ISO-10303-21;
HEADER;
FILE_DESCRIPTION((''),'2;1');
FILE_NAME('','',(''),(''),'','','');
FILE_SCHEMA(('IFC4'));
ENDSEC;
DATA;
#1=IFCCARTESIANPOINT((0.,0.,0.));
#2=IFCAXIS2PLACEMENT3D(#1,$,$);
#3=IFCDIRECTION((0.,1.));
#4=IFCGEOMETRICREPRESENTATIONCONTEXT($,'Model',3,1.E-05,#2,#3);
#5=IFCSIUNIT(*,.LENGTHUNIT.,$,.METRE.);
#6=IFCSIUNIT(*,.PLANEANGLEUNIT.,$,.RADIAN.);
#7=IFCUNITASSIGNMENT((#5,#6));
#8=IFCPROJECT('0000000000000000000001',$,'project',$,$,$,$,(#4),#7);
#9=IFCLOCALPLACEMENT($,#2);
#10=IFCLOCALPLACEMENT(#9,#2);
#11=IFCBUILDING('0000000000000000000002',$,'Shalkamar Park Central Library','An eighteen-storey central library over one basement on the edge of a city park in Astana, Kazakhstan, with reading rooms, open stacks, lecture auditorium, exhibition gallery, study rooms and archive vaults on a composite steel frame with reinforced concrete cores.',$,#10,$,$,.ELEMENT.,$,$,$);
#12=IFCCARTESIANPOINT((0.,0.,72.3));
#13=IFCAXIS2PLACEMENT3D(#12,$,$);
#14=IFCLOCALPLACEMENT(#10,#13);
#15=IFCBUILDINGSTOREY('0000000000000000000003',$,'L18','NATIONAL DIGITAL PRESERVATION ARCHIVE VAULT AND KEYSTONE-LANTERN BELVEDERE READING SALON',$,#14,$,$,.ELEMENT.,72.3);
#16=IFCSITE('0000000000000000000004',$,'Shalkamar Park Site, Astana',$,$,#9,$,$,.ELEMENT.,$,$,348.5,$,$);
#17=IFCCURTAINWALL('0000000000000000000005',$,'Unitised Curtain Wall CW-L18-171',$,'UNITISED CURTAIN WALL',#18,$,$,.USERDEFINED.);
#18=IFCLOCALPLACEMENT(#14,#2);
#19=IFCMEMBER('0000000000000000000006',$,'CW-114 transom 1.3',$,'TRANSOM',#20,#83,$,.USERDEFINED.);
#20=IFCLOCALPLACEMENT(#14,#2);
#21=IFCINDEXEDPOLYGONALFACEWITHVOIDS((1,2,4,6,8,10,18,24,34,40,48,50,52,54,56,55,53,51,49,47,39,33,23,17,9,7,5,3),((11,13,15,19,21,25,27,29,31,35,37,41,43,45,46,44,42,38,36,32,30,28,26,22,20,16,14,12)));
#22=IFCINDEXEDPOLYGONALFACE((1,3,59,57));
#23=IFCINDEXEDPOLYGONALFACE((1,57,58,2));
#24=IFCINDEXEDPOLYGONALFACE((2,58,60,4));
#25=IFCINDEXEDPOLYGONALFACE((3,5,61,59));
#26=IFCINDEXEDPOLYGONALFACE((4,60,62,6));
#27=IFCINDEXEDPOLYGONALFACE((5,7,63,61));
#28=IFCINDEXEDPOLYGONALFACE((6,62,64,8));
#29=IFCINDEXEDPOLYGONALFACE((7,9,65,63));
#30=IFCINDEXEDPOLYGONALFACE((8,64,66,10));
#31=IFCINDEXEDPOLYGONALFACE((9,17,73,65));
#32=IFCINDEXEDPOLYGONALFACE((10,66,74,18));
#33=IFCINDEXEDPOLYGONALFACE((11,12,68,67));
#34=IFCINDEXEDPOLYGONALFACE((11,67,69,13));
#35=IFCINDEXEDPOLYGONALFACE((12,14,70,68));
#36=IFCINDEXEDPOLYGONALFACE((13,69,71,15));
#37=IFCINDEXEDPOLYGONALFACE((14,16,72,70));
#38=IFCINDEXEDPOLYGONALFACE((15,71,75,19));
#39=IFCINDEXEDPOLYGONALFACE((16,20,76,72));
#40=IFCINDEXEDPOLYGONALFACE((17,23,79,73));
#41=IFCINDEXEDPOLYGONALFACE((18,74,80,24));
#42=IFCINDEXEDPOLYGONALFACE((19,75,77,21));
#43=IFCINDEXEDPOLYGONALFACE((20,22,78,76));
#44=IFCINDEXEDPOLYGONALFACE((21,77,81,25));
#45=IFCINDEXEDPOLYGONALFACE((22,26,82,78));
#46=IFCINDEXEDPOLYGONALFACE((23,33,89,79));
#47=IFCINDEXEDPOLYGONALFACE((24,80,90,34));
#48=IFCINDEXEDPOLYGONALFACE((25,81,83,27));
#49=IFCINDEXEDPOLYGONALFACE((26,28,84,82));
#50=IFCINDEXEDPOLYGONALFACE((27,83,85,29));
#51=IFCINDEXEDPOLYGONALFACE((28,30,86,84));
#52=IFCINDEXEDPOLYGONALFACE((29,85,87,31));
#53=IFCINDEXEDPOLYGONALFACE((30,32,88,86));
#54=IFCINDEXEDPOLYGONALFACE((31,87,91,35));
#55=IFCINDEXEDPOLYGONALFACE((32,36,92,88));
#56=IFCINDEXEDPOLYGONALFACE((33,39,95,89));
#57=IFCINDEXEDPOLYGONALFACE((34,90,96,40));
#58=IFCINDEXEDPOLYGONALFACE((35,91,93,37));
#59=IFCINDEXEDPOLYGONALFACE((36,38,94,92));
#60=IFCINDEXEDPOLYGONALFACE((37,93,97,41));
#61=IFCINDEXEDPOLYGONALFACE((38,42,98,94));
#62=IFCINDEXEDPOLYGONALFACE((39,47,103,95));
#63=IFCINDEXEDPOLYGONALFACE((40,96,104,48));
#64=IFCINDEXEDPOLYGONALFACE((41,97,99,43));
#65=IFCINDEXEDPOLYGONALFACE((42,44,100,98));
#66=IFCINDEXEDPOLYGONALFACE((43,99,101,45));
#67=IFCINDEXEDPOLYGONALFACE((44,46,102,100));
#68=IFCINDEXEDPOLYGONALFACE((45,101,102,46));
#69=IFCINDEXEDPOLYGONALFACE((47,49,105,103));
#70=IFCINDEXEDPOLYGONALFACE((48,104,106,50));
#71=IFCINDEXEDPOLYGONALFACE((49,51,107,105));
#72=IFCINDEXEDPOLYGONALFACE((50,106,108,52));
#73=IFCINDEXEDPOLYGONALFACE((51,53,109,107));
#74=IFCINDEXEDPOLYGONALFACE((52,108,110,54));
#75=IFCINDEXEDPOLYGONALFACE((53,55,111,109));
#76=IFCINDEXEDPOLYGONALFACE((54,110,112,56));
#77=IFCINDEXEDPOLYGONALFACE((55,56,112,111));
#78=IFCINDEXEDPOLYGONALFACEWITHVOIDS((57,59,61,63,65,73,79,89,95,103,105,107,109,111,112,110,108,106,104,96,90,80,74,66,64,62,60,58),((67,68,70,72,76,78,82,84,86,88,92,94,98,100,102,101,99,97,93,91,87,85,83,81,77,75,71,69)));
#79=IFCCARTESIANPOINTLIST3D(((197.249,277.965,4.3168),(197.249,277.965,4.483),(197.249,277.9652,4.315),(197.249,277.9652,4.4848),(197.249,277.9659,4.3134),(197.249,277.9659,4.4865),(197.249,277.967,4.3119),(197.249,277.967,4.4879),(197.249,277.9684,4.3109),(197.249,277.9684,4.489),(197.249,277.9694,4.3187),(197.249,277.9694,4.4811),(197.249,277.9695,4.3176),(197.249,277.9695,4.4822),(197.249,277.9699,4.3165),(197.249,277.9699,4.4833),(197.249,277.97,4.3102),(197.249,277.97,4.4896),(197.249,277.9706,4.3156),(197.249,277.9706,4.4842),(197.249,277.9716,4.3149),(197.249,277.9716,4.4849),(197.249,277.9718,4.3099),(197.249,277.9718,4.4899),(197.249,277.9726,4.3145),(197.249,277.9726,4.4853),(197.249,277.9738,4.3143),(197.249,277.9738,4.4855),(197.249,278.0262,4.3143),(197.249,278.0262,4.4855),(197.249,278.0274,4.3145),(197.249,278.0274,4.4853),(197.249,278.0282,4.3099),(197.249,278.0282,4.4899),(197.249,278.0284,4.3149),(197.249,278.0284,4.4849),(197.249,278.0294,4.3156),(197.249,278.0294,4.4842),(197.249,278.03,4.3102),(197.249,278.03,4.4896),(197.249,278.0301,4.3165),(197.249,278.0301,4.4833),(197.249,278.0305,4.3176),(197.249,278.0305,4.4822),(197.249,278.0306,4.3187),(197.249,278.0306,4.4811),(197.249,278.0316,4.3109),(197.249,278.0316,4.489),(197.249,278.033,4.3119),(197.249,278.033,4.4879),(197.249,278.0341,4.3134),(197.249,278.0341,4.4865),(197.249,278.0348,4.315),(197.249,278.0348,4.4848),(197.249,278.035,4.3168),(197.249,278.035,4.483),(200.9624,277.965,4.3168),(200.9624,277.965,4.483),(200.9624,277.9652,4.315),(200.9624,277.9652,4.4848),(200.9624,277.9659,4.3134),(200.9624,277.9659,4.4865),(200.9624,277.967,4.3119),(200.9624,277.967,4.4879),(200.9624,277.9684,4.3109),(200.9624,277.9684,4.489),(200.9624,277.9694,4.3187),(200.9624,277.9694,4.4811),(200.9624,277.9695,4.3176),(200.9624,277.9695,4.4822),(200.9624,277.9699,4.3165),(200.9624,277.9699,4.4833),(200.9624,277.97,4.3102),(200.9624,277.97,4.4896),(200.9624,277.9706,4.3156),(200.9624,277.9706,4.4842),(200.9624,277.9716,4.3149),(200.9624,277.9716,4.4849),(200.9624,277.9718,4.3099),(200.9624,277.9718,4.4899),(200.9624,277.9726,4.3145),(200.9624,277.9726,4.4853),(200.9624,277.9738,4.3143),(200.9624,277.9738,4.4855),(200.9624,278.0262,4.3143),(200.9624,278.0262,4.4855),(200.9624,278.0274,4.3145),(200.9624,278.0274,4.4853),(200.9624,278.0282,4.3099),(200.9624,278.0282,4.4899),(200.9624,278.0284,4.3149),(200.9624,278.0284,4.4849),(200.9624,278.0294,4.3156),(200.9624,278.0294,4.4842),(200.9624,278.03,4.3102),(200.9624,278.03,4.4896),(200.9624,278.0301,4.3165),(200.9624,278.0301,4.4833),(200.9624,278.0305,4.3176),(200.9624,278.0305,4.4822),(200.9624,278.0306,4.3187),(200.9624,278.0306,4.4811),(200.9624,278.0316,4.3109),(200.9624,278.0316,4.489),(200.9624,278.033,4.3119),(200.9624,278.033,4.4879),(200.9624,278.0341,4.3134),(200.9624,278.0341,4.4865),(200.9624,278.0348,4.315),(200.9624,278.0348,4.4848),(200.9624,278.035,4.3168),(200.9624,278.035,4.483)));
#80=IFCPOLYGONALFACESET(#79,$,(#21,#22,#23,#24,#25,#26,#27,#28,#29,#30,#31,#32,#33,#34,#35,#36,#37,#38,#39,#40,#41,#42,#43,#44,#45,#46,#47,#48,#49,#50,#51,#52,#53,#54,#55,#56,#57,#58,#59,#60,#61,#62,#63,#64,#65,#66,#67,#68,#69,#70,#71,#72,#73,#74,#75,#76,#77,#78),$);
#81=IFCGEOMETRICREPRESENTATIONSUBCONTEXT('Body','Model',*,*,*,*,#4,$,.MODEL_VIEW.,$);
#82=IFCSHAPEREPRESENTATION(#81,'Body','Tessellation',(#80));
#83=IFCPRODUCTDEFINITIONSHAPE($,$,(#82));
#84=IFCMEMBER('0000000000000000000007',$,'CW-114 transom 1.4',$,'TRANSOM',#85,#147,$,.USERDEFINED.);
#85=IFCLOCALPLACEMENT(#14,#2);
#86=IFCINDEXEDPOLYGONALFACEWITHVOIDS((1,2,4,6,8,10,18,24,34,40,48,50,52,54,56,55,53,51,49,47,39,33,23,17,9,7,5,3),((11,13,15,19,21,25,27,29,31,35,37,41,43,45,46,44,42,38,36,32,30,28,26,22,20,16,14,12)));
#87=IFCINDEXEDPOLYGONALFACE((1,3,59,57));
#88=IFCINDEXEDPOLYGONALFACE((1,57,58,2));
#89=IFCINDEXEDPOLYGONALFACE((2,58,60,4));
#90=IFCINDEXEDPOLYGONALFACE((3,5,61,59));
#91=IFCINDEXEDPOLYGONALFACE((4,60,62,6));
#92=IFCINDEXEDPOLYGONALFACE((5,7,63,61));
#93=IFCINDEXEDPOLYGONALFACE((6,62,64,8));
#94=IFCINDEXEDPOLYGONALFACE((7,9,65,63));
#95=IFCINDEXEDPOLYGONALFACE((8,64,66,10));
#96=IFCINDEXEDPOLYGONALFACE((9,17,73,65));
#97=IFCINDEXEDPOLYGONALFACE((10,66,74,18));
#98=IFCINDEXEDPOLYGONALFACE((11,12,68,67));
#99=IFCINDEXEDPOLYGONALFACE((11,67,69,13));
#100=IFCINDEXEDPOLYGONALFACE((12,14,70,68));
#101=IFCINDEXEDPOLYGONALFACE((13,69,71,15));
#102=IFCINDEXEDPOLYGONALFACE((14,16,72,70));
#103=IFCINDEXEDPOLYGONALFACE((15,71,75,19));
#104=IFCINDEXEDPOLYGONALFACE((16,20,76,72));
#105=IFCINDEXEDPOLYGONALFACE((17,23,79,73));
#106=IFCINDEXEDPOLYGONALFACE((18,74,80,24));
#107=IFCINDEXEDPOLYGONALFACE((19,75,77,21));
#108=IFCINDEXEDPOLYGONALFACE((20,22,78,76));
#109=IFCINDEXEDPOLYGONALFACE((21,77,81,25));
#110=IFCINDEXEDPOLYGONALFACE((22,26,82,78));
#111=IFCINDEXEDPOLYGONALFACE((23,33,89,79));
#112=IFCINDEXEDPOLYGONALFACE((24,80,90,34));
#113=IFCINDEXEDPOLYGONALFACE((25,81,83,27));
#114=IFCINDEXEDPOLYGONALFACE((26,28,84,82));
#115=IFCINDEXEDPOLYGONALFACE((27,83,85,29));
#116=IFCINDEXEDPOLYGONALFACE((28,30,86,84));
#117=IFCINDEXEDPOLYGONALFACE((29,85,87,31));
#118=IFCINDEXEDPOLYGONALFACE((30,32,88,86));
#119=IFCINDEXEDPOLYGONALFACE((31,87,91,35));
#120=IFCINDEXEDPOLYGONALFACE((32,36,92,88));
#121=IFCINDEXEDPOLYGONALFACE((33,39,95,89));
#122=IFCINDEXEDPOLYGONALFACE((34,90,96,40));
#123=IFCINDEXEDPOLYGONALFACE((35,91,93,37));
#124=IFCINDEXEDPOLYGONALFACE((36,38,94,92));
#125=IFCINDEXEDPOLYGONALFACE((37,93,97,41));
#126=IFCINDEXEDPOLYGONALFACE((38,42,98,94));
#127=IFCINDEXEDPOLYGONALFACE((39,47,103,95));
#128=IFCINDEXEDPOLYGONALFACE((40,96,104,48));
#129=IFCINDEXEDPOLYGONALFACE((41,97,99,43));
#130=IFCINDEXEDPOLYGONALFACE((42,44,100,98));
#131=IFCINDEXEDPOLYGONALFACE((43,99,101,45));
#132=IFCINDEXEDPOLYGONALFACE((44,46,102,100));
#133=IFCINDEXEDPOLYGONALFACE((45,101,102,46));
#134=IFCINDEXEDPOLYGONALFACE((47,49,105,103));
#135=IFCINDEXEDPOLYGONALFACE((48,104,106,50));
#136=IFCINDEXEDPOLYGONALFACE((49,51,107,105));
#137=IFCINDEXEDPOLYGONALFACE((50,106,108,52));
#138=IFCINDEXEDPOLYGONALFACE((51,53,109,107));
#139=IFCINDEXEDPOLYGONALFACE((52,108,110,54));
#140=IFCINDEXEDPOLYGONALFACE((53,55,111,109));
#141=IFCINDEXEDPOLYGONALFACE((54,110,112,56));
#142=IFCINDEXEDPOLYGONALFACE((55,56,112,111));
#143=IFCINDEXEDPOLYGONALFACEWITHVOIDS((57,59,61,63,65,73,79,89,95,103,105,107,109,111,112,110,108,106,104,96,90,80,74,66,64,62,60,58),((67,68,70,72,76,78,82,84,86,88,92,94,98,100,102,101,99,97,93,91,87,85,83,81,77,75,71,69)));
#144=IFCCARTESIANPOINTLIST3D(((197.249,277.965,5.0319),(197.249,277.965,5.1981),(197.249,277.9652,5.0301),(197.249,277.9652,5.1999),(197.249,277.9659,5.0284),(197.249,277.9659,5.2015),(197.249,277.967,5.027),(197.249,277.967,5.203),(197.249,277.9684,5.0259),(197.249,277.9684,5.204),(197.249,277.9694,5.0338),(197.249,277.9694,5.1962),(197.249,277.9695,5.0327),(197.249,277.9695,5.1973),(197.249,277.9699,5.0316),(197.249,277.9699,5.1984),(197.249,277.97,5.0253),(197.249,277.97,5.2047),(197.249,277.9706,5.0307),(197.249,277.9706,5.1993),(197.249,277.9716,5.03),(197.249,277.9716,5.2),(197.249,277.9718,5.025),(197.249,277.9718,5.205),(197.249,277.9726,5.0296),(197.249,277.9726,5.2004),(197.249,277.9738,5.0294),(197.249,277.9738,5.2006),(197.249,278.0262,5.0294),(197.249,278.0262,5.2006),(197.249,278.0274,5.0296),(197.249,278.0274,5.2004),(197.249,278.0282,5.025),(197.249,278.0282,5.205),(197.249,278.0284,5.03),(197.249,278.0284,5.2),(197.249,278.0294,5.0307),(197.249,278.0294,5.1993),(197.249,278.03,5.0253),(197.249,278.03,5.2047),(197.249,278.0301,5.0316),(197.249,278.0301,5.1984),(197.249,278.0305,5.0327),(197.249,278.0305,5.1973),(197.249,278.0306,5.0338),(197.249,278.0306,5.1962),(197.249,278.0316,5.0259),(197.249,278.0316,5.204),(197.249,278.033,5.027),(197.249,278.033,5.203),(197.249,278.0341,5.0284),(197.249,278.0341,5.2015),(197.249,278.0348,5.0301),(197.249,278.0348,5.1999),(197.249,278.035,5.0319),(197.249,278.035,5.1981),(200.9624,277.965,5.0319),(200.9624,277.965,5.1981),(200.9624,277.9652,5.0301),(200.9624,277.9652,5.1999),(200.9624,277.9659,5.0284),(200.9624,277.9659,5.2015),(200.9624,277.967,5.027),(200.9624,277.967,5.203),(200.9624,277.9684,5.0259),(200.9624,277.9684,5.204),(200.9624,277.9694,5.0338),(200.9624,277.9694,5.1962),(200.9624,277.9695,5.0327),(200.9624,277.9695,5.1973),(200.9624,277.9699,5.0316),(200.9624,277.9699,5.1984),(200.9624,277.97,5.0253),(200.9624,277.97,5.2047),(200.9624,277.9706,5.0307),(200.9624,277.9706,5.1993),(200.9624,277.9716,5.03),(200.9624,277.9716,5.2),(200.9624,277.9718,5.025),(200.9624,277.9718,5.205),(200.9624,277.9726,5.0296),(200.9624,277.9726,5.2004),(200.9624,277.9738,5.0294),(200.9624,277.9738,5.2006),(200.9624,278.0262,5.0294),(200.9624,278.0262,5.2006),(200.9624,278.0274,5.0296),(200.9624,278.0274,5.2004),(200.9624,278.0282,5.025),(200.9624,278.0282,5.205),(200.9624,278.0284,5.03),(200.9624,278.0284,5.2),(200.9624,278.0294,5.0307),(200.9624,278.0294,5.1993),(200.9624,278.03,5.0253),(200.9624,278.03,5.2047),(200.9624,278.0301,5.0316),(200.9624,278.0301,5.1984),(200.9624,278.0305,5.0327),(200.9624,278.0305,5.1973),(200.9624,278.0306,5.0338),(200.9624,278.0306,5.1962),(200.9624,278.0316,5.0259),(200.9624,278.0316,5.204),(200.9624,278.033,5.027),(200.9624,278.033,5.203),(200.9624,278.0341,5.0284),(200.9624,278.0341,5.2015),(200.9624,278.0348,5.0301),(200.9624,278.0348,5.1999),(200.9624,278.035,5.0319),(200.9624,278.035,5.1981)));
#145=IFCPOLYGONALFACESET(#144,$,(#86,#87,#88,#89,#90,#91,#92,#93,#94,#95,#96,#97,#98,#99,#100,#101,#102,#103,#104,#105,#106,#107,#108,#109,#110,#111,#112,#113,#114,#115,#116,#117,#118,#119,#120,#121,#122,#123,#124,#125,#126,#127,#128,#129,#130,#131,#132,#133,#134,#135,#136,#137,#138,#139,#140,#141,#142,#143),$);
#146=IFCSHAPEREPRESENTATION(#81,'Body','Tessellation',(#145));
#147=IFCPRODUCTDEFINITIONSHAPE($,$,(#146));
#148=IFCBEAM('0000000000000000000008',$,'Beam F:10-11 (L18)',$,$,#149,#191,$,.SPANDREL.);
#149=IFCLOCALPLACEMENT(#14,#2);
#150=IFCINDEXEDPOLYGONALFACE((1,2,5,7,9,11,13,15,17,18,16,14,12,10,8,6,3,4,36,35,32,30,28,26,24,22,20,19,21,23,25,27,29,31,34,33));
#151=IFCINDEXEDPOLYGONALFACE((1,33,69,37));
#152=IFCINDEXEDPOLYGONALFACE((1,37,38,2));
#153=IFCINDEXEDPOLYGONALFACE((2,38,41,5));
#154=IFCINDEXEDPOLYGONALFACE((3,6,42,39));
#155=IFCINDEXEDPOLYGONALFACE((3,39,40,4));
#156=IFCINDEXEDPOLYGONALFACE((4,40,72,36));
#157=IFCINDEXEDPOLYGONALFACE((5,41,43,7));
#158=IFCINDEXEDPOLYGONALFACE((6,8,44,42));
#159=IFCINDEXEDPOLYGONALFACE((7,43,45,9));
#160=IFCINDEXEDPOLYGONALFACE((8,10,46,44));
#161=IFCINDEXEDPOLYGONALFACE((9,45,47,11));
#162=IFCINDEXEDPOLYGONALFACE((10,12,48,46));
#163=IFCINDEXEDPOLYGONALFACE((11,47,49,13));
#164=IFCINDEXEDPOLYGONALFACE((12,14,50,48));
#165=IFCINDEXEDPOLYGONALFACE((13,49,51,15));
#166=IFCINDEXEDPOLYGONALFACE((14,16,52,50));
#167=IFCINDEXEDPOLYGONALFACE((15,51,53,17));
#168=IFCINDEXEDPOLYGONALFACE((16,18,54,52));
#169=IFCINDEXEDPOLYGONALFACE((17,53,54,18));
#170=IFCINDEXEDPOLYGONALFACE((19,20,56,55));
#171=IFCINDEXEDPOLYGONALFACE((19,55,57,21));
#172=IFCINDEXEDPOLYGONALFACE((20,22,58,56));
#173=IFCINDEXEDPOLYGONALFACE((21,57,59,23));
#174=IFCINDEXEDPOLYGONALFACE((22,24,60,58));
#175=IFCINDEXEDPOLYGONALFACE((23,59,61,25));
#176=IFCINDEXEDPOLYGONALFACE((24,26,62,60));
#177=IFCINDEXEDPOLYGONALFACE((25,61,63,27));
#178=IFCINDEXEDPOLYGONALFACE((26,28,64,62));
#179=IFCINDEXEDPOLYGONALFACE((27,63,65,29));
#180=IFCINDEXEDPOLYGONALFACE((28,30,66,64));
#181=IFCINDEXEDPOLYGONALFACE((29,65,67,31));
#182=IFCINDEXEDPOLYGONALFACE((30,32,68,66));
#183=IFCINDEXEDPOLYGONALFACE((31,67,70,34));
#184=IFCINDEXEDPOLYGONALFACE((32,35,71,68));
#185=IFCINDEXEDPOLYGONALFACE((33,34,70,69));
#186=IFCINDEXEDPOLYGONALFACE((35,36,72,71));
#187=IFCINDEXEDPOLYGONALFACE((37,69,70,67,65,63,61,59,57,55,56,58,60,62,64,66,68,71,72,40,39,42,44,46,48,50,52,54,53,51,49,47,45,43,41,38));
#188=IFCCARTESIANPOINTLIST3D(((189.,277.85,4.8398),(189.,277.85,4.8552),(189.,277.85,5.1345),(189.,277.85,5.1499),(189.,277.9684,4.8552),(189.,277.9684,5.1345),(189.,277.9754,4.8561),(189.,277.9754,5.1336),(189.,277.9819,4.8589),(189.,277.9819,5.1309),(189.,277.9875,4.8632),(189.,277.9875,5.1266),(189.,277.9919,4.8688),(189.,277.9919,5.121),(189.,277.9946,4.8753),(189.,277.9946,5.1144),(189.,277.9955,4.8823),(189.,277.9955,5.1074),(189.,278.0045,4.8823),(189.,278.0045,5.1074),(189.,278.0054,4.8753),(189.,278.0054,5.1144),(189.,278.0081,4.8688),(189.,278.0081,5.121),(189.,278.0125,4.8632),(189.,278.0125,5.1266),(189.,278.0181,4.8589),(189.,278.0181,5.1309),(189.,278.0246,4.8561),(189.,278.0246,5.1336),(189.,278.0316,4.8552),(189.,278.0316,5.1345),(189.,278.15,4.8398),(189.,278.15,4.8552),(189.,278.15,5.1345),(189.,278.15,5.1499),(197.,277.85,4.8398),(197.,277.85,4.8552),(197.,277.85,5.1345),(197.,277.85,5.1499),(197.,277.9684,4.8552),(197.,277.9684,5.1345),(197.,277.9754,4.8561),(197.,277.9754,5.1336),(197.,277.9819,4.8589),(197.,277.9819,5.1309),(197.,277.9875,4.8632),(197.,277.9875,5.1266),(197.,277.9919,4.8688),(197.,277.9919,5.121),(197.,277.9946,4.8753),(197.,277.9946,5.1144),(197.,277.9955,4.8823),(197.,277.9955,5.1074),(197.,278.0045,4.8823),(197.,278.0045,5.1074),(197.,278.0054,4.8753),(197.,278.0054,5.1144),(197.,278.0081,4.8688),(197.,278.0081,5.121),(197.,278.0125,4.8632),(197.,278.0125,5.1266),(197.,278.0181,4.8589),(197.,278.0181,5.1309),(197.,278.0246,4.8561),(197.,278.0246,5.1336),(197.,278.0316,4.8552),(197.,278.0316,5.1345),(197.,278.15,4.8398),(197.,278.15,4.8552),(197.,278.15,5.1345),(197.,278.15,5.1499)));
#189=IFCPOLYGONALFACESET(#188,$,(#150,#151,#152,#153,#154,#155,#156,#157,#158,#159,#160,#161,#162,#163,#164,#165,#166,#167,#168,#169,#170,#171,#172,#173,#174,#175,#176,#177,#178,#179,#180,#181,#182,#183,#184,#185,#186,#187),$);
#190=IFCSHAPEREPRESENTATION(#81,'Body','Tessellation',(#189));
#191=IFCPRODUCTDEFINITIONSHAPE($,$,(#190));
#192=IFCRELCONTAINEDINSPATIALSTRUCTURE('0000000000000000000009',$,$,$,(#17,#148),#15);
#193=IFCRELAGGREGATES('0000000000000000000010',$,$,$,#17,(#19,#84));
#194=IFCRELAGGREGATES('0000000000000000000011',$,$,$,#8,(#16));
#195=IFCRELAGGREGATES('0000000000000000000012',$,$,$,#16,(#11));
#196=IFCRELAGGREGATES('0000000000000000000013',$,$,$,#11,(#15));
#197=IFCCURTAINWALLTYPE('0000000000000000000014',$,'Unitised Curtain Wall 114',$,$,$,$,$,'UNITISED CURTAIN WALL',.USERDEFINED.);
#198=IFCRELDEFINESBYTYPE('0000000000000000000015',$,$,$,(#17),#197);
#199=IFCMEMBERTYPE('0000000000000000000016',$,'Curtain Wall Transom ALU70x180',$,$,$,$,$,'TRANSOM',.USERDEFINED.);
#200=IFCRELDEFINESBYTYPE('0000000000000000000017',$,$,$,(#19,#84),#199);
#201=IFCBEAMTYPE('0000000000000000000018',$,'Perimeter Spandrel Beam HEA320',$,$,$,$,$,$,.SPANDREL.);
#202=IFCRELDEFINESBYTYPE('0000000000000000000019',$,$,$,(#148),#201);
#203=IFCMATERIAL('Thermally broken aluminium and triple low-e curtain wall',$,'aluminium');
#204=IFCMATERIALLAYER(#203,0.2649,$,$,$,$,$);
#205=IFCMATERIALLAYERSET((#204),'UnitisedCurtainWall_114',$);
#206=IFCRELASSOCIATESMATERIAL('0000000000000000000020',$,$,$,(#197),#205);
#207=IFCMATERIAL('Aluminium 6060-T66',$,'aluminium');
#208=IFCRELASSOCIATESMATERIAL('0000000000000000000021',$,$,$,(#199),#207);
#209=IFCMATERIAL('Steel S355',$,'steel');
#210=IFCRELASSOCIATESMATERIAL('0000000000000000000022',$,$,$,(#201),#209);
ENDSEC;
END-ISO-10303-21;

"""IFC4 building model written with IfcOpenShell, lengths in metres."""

from ifc_helpers import new_model, si_unit, direction, frame, origin, origin_2d, place, context, subcontext, project, spatial, hollow_rectangle, i_section, extrude, material, layer, layer_set, material_profile, profile_set, type_object, element, aggregate, save


model = new_model("IFC4")

# Units and contexts
model_context = context("Model", 3, precision=1e-05, world=origin(), true_north=direction((0.0, 1.0)))
body_context = subcontext(model_context, "Body", "Model", "MODEL_VIEW")
ifc_project = project(units=[si_unit("LENGTHUNIT", "METRE"), si_unit("PLANEANGLEUNIT", "RADIAN")], contexts=[model_context])

# Site, building, storey
site_placement = place(None, origin())
site = spatial("IfcSite", under=ifc_project, at=site_placement, Name="Shalkamar Park Site, Astana", CompositionType="ELEMENT", RefElevation=348.5)
building_placement = place(site_placement, origin())
building = spatial("IfcBuilding", under=site, at=building_placement, Name="Shalkamar Park Central Library", Description="An eighteen-storey central library over one basement on the edge of a city park in Astana, Kazakhstan, with reading rooms, open stacks, lecture auditorium, exhibition gallery, study rooms and archive vaults on a composite steel frame with reinforced concrete cores.", CompositionType="ELEMENT")
storey_placement = place(building_placement, frame((0.0, 0.0, 72.3)))
storey = spatial("IfcBuildingStorey", under=building, at=storey_placement, Name="L18", Description="NATIONAL DIGITAL PRESERVATION ARCHIVE VAULT AND KEYSTONE-LANTERN BELVEDERE READING SALON", CompositionType="ELEMENT", Elevation=72.3)

# Shared definitions
ifc_material_1 = material(Name="Steel S355", Category="steel")

# Shared definitions
ifc_material_2 = material(Name="Thermally broken aluminium and triple low-e curtain wall", Category="aluminium")
ifc_material_3 = material(Name="Aluminium 6060-T66", Category="aluminium")

# Curtain wall
ifc_layer_1 = layer(ifc_material_2, 0.2649)
ifc_layer_set_1 = layer_set([ifc_layer_1], Name="UnitisedCurtainWall_114")
curtain_wall_type_1 = type_object("IfcCurtainWallType", Name="Unitised Curtain Wall 114", ElementType="UNITISED CURTAIN WALL", PredefinedType="USERDEFINED", material=ifc_layer_set_1)
curtain_wall_1_placement = place(storey_placement, origin())
curtain_wall_1 = element("IfcCurtainWall", 1, at=curtain_wall_1_placement, inside=storey, type_object=curtain_wall_type_1, Name="Unitised Curtain Wall CW-L18-171", ObjectType="UNITISED CURTAIN WALL", PredefinedType="USERDEFINED")

# Members
ifc_material_profile_1 = material_profile(ifc_material_3, hollow_rectangle(XDim=0.0701, YDim=0.1799, WallThickness=0.0044, InnerFilletRadius=0.0044, OuterFilletRadius=0.0068, at=origin_2d()), Name="ALU 70x180x4.5")
ifc_profile_set_1 = profile_set([ifc_material_profile_1], Name="Aluminium 6060-T66")
member_type_1 = type_object("IfcMemberType", Name="Curtain Wall Transom ALU70x180", ElementType="TRANSOM", PredefinedType="USERDEFINED", material=ifc_profile_set_1)
member_1_placement = place(storey_placement, frame((197.249, 278.0, 4.3999), z_axis=(1.0, 0.0, 0.0), x_axis=(0.0, 1.0, 0.0)))
member_1 = element("IfcMember", 2, at=member_1_placement, type_object=member_type_1, Name="CW-114 transom 1.3", ObjectType="TRANSOM", PredefinedType="USERDEFINED", context=body_context, shape_type="SweptSolid", body=[
    extrude(hollow_rectangle(XDim=0.0701, YDim=0.1799, WallThickness=0.0044, InnerFilletRadius=0.0044, OuterFilletRadius=0.0068, at=origin_2d()), origin(), (0.0, 0.0, 1.0), 3.7134),
])
member_2_placement = place(storey_placement, frame((197.249, 278.0, 5.115), z_axis=(1.0, 0.0, 0.0), x_axis=(0.0, 1.0, 0.0)))
member_2 = element("IfcMember", 3, at=member_2_placement, type_object=member_type_1, Name="CW-114 transom 1.4", ObjectType="TRANSOM", PredefinedType="USERDEFINED", context=body_context, shape_type="SweptSolid", body=[
    extrude(hollow_rectangle(XDim=0.0701, YDim=0.1799, WallThickness=0.0044, InnerFilletRadius=0.0044, OuterFilletRadius=0.0068, at=origin_2d()), origin(), (0.0, 0.0, 1.0), 3.7134),
])
aggregate(curtain_wall_1, [member_1, member_2])

# Beam
ifc_material_profile_2 = material_profile(ifc_material_1, i_section(OverallWidth=0.3, OverallDepth=0.3101, WebThickness=0.009, FlangeThickness=0.0154, FilletRadius=0.0271, at=origin_2d()), Name="HEA 320")
ifc_profile_set_2 = profile_set([ifc_material_profile_2], Name="Steel S355")
beam_type_1 = type_object("IfcBeamType", Name="Perimeter Spandrel Beam HEA320", PredefinedType="SPANDREL", material=ifc_profile_set_2)
for number, where, z_axis, x_axis, name in (
    (4, (189.0, 278.0, 4.9949), (1.0, 0.0, 0.0), (0.0, 1.0, 0.0), "Beam F:10-11 (L18)"),
):
    element("IfcBeam", number, at=place(storey_placement, frame(where, z_axis=z_axis, x_axis=x_axis)), inside=storey, type_object=beam_type_1, Name=name, PredefinedType="SPANDREL", context=body_context, shape_type="SweptSolid", body=[
        extrude(i_section(OverallWidth=0.3, OverallDepth=0.3101, WebThickness=0.009, FlangeThickness=0.0154, FilletRadius=0.0271, at=origin_2d()), origin(), (0.0, 0.0, 1.0), 8.0),
    ])

save(model, "model.ifc")
